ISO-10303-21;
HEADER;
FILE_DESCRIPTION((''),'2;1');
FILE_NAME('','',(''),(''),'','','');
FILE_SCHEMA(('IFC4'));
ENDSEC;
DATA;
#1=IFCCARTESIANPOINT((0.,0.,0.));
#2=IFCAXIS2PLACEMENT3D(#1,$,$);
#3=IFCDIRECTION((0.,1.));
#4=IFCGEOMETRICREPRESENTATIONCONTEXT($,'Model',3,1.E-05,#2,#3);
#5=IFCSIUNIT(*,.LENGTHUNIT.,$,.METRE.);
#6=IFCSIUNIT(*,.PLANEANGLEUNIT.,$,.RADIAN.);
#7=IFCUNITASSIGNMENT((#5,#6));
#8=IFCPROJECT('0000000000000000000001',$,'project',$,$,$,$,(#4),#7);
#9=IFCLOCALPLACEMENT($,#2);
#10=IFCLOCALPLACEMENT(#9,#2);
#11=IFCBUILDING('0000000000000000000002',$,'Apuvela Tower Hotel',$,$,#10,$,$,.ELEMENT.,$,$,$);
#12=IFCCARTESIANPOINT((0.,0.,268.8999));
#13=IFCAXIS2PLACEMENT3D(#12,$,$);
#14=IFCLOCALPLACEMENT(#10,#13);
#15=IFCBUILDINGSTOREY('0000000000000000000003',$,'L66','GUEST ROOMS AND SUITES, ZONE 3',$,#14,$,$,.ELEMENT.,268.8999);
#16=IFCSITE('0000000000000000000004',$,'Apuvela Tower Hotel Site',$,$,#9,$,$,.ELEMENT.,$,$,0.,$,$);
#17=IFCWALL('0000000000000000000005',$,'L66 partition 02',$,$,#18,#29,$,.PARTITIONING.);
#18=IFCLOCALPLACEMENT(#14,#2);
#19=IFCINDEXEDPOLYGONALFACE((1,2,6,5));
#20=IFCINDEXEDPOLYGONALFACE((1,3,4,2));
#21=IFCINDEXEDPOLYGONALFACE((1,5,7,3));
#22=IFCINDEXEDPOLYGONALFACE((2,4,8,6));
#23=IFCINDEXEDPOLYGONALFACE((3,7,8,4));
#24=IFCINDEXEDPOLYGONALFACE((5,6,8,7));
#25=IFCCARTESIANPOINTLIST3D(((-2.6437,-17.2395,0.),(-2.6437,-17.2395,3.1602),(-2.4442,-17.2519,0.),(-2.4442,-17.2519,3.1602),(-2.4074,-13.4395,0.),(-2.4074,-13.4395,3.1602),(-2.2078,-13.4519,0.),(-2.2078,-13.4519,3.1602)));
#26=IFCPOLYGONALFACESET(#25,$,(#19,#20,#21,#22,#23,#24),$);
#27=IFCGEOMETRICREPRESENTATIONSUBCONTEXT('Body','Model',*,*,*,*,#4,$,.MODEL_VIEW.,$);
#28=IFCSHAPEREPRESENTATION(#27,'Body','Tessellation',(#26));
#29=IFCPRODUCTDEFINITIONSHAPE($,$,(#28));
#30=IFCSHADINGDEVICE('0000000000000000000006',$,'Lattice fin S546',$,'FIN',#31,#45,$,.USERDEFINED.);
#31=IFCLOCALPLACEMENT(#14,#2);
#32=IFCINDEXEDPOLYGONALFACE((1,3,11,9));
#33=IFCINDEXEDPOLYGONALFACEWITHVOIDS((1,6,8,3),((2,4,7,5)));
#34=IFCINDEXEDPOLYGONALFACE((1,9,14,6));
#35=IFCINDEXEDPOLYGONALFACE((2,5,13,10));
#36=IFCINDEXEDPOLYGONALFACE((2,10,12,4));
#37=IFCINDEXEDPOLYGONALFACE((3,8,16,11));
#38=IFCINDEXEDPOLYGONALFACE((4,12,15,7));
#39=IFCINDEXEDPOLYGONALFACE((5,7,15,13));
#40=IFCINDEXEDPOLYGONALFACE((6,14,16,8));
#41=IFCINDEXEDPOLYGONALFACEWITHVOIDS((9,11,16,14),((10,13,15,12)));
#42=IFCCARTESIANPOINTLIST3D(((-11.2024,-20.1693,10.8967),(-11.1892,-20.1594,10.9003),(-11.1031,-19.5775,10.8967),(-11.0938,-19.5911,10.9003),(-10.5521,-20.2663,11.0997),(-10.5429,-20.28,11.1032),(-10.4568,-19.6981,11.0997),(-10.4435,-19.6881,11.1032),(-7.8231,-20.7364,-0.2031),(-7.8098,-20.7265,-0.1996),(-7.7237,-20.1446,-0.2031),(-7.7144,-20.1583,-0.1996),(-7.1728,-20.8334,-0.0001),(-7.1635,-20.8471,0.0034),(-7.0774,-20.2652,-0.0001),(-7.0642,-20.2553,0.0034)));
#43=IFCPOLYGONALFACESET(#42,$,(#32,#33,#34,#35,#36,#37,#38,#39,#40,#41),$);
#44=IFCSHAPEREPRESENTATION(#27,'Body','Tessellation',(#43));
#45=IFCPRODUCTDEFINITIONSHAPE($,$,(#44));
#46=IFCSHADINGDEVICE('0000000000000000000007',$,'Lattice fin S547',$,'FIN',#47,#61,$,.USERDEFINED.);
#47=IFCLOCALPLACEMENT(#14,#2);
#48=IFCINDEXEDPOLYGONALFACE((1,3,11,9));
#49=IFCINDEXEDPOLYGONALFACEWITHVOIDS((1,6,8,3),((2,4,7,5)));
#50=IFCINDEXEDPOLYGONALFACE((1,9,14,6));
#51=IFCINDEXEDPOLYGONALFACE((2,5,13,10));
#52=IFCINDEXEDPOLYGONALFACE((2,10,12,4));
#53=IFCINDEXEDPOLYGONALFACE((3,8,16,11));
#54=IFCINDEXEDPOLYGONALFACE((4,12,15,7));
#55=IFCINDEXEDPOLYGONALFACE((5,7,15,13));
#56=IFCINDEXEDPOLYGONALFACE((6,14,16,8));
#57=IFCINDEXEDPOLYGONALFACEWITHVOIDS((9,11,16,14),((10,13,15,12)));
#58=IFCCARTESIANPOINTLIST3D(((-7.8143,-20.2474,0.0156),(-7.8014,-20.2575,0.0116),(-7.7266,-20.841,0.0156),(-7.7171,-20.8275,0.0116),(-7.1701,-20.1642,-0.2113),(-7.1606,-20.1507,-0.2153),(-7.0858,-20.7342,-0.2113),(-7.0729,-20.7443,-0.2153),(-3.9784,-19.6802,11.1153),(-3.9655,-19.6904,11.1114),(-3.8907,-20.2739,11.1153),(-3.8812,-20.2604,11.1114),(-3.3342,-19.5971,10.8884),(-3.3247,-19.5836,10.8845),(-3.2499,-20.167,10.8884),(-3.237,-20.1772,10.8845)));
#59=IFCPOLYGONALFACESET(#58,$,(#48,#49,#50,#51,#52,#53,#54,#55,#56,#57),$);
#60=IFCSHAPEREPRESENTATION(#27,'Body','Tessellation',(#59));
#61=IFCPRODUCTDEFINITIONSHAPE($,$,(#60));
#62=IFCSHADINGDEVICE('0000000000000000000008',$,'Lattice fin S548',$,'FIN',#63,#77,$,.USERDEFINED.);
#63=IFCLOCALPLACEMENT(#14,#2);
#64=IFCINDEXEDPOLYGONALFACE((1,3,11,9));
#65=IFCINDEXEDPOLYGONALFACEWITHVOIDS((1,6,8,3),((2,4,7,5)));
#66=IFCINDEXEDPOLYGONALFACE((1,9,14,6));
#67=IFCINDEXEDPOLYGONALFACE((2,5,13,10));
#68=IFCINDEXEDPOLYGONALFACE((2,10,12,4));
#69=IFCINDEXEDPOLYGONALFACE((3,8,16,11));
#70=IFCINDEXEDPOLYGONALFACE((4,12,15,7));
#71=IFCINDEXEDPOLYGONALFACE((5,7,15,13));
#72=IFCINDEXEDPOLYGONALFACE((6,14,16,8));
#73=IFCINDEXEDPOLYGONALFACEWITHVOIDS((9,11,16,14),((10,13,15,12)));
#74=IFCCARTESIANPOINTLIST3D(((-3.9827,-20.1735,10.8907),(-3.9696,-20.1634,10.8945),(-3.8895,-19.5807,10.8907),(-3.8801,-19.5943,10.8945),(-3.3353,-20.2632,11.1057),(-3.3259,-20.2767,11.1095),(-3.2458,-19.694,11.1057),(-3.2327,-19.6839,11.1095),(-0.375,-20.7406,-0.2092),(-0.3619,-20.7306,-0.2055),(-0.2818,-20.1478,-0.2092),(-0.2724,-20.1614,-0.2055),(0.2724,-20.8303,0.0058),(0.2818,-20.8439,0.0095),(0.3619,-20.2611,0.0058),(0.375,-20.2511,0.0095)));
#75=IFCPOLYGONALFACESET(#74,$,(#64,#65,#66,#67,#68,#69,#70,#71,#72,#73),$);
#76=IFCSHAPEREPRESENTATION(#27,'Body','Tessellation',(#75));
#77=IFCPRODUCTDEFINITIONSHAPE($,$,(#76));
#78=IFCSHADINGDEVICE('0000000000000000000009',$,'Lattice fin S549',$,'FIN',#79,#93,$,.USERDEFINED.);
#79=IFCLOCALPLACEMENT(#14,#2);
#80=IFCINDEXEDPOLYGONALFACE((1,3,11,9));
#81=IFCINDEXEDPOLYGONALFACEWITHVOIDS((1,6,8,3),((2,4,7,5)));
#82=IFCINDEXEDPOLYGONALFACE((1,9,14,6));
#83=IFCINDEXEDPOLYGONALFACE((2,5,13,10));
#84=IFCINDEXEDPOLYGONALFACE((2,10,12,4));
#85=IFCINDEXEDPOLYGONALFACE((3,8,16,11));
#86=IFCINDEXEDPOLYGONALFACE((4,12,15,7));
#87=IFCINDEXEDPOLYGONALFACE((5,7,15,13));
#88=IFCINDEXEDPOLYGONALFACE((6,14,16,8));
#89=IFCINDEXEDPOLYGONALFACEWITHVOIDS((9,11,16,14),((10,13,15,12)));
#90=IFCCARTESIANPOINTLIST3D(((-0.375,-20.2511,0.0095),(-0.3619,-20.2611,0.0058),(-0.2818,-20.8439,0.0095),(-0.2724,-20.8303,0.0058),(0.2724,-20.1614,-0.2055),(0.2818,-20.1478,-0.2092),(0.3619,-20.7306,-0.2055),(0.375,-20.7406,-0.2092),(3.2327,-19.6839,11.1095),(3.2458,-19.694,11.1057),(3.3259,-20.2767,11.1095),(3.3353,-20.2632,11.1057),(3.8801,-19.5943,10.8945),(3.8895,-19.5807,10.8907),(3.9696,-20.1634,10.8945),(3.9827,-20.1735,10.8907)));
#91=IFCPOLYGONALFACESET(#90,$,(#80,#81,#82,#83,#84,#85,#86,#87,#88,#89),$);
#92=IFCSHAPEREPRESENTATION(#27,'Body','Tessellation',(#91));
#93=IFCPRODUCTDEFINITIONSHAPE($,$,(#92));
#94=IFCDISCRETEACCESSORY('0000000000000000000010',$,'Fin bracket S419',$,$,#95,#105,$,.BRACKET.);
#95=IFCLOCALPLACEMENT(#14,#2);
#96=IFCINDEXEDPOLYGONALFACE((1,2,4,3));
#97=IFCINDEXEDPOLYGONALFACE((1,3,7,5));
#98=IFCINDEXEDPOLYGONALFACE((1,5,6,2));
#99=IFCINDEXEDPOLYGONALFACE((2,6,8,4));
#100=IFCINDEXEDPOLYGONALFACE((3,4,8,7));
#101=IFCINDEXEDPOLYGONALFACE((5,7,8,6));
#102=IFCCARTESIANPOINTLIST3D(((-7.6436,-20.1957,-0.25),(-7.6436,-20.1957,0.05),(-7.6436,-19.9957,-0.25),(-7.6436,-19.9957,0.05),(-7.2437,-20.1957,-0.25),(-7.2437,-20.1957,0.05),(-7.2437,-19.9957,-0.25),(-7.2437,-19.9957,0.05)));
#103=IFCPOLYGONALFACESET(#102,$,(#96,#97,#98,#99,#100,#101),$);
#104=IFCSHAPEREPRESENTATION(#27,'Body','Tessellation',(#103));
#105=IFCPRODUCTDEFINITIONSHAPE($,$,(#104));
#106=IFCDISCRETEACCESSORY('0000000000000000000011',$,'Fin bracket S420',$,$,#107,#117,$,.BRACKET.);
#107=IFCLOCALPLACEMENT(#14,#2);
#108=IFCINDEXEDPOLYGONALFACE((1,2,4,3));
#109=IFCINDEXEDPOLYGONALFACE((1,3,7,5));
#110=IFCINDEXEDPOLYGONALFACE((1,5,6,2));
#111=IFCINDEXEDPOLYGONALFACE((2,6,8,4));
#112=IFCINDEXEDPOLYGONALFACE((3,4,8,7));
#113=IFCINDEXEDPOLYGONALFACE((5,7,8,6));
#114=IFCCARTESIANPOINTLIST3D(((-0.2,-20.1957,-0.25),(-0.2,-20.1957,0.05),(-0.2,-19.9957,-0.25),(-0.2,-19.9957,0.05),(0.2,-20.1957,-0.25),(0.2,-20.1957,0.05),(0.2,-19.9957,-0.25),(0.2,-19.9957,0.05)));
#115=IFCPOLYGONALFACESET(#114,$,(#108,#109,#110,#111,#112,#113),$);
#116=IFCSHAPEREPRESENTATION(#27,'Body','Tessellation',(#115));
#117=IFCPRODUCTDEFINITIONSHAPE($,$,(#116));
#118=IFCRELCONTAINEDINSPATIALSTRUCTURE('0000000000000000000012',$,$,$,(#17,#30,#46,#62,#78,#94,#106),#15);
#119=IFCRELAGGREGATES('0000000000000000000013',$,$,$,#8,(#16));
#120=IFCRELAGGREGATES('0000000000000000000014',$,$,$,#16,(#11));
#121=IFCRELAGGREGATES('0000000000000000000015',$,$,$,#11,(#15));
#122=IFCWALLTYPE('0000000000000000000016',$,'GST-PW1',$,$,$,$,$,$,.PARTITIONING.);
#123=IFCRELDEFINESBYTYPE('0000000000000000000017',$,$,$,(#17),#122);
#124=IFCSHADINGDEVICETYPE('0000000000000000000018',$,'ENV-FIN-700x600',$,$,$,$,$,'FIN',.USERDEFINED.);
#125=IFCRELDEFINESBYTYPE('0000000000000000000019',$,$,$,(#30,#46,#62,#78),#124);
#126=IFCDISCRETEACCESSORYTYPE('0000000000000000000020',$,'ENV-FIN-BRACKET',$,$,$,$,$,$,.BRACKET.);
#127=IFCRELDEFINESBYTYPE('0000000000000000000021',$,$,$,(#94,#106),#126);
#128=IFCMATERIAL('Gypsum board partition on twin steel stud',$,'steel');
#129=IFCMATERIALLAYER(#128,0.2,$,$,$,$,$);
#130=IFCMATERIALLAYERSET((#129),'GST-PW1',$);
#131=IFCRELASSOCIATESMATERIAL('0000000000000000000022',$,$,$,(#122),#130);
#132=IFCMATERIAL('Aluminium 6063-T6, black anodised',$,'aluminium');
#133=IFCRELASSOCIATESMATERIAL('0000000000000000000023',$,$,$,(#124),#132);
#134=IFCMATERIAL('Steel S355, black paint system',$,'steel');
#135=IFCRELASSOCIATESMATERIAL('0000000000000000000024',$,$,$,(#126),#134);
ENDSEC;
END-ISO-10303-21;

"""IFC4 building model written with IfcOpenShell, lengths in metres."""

from ifc_helpers import new_model, si_unit, direction, frame, frame_2d, origin, origin_2d, place, context, subcontext, project, spatial, rectangle, hollow_rectangle, extrude, material, layer, layer_set, material_profile, profile_set, type_object, element, save


model = new_model("IFC4")

# Units and contexts
model_context = context("Model", 3, precision=1e-05, world=origin(), true_north=direction((0.0, 1.0)))
body_context = subcontext(model_context, "Body", "Model", "MODEL_VIEW")
ifc_project = project(units=[si_unit("LENGTHUNIT", "METRE"), si_unit("PLANEANGLEUNIT", "RADIAN")], contexts=[model_context])

# Site, building, storey
site_placement = place(None, origin())
site = spatial("IfcSite", under=ifc_project, at=site_placement, Name="Apuvela Tower Hotel Site", CompositionType="ELEMENT", RefElevation=0.0)
building_placement = place(site_placement, origin())
building = spatial("IfcBuilding", under=site, at=building_placement, Name="Apuvela Tower Hotel", CompositionType="ELEMENT")
storey_placement = place(building_placement, frame((0.0, 0.0, 268.8999)))
storey = spatial("IfcBuildingStorey", under=building, at=storey_placement, Name="L66", Description="GUEST ROOMS AND SUITES, ZONE 3", CompositionType="ELEMENT", Elevation=268.8999)

# Wall
ifc_material_1 = material(Name="Gypsum board partition on twin steel stud", Category="steel")
ifc_layer_1 = layer(ifc_material_1, 0.2)
ifc_layer_set_1 = layer_set([ifc_layer_1], Name="GST-PW1")
wall_type_1 = type_object("IfcWallType", Name="GST-PW1", PredefinedType="PARTITIONING", material=ifc_layer_set_1)
wall_1_placement = place(storey_placement, frame((-2.5439, -17.2458, 0.0), z_axis=(0.0, 0.0, 1.0), x_axis=(0.062071, 0.998072, 0.0)))
element("IfcWall", 1, at=wall_1_placement, inside=storey, type_object=wall_type_1, Name="L66 partition 02", PredefinedType="PARTITIONING", context=body_context, shape_type="SweptSolid", body=[
    extrude(rectangle(XDim=3.8074, YDim=0.2, at=frame_2d((1.9038, 0.0))), origin(), (0.0, 0.0, 1.0), 3.1602),
])

# Shading devices
ifc_material_2 = material(Name="Aluminium 6063-T6, black anodised", Category="aluminium")
ifc_material_profile_1 = material_profile(ifc_material_2, hollow_rectangle(XDim=0.6001, YDim=0.7, WallThickness=0.012, at=origin_2d()), Name="AL BOX 700x600x12")
ifc_profile_set_1 = profile_set([ifc_material_profile_1], Name="Aluminium 6063-T6, black anodised")
shading_device_type = type_object("IfcShadingDeviceType", Name="ENV-FIN-700x600", ElementType="FIN", PredefinedType="USERDEFINED", material=ifc_profile_set_1)
shading_device_1_placement = place(storey_placement, frame((-7.4436, -20.4958, -0.0999), z_axis=(-0.290907, 0.048821, 0.955505), x_axis=(-0.165508, -0.986208, 0.0)))
element("IfcShadingDevice", 2, at=shading_device_1_placement, inside=storey, type_object=shading_device_type, Name="Lattice fin S546", ObjectType="FIN", PredefinedType="USERDEFINED", context=body_context, shape_type="SweptSolid", body=[
    extrude(hollow_rectangle(XDim=0.6001, YDim=0.7, WallThickness=0.012, at=origin_2d()), origin(), (0.0, 0.0, 1.0), 11.6167),
])
shading_device_2_placement = place(storey_placement, frame((-7.4436, -20.4958, -0.0999), z_axis=(0.32625, 0.048236, 0.944052), x_axis=(-0.146259, 0.989246, 0.0)))
element("IfcShadingDevice", 3, at=shading_device_2_placement, inside=storey, type_object=shading_device_type, Name="Lattice fin S547", ObjectType="FIN", PredefinedType="USERDEFINED", context=body_context, shape_type="SweptSolid", body=[
    extrude(hollow_rectangle(XDim=0.6001, YDim=0.7, WallThickness=0.012, at=origin_2d()), origin(), (0.0, 0.0, 1.0), 11.7576),
])
for number, where, z_axis, x_axis, name in (
    (4, (0.0, -20.4958, -0.0999), (-0.308738, 0.048535, 0.949908), (-0.155297, -0.987868, 0.0), "Lattice fin S548"),
    (5, (0.0, -20.4958, -0.0999), (0.308738, 0.048535, 0.949908), (-0.155297, 0.987868, 0.0), "Lattice fin S549"),
):
    element("IfcShadingDevice", number, at=place(storey_placement, frame(where, z_axis=z_axis, x_axis=x_axis)), inside=storey, type_object=shading_device_type, Name=name, ObjectType="FIN", PredefinedType="USERDEFINED", context=body_context, shape_type="SweptSolid", body=[
        extrude(hollow_rectangle(XDim=0.6001, YDim=0.7, WallThickness=0.012, at=origin_2d()), origin(), (0.0, 0.0, 1.0), 11.6853),
    ])

# Discrete accessories
ifc_material_3 = material(Name="Steel S355, black paint system", Category="steel")
discrete_accessory_type = type_object("IfcDiscreteAccessoryType", Name="ENV-FIN-BRACKET", PredefinedType="BRACKET", material=ifc_material_3)
for number, where, z_axis, x_axis, name in (
    (6, (-7.4436, -20.0957, -0.25), (0.0, 0.0, 1.0), (1.0, 0.0, 0.0), "Fin bracket S419"),
    (7, (0.0, -20.0957, -0.25), (0.0, 0.0, 1.0), (1.0, 0.0, 0.0), "Fin bracket S420"),
):
    element("IfcDiscreteAccessory", number, at=place(storey_placement, frame(where, z_axis=z_axis, x_axis=x_axis)), inside=storey, type_object=discrete_accessory_type, Name=name, PredefinedType="BRACKET", context=body_context, shape_type="SweptSolid", body=[
        extrude(rectangle(XDim=0.3999, YDim=0.2, at=origin_2d()), origin(), (0.0, 0.0, 1.0), 0.3),
    ])

save(model, "model.ifc")
